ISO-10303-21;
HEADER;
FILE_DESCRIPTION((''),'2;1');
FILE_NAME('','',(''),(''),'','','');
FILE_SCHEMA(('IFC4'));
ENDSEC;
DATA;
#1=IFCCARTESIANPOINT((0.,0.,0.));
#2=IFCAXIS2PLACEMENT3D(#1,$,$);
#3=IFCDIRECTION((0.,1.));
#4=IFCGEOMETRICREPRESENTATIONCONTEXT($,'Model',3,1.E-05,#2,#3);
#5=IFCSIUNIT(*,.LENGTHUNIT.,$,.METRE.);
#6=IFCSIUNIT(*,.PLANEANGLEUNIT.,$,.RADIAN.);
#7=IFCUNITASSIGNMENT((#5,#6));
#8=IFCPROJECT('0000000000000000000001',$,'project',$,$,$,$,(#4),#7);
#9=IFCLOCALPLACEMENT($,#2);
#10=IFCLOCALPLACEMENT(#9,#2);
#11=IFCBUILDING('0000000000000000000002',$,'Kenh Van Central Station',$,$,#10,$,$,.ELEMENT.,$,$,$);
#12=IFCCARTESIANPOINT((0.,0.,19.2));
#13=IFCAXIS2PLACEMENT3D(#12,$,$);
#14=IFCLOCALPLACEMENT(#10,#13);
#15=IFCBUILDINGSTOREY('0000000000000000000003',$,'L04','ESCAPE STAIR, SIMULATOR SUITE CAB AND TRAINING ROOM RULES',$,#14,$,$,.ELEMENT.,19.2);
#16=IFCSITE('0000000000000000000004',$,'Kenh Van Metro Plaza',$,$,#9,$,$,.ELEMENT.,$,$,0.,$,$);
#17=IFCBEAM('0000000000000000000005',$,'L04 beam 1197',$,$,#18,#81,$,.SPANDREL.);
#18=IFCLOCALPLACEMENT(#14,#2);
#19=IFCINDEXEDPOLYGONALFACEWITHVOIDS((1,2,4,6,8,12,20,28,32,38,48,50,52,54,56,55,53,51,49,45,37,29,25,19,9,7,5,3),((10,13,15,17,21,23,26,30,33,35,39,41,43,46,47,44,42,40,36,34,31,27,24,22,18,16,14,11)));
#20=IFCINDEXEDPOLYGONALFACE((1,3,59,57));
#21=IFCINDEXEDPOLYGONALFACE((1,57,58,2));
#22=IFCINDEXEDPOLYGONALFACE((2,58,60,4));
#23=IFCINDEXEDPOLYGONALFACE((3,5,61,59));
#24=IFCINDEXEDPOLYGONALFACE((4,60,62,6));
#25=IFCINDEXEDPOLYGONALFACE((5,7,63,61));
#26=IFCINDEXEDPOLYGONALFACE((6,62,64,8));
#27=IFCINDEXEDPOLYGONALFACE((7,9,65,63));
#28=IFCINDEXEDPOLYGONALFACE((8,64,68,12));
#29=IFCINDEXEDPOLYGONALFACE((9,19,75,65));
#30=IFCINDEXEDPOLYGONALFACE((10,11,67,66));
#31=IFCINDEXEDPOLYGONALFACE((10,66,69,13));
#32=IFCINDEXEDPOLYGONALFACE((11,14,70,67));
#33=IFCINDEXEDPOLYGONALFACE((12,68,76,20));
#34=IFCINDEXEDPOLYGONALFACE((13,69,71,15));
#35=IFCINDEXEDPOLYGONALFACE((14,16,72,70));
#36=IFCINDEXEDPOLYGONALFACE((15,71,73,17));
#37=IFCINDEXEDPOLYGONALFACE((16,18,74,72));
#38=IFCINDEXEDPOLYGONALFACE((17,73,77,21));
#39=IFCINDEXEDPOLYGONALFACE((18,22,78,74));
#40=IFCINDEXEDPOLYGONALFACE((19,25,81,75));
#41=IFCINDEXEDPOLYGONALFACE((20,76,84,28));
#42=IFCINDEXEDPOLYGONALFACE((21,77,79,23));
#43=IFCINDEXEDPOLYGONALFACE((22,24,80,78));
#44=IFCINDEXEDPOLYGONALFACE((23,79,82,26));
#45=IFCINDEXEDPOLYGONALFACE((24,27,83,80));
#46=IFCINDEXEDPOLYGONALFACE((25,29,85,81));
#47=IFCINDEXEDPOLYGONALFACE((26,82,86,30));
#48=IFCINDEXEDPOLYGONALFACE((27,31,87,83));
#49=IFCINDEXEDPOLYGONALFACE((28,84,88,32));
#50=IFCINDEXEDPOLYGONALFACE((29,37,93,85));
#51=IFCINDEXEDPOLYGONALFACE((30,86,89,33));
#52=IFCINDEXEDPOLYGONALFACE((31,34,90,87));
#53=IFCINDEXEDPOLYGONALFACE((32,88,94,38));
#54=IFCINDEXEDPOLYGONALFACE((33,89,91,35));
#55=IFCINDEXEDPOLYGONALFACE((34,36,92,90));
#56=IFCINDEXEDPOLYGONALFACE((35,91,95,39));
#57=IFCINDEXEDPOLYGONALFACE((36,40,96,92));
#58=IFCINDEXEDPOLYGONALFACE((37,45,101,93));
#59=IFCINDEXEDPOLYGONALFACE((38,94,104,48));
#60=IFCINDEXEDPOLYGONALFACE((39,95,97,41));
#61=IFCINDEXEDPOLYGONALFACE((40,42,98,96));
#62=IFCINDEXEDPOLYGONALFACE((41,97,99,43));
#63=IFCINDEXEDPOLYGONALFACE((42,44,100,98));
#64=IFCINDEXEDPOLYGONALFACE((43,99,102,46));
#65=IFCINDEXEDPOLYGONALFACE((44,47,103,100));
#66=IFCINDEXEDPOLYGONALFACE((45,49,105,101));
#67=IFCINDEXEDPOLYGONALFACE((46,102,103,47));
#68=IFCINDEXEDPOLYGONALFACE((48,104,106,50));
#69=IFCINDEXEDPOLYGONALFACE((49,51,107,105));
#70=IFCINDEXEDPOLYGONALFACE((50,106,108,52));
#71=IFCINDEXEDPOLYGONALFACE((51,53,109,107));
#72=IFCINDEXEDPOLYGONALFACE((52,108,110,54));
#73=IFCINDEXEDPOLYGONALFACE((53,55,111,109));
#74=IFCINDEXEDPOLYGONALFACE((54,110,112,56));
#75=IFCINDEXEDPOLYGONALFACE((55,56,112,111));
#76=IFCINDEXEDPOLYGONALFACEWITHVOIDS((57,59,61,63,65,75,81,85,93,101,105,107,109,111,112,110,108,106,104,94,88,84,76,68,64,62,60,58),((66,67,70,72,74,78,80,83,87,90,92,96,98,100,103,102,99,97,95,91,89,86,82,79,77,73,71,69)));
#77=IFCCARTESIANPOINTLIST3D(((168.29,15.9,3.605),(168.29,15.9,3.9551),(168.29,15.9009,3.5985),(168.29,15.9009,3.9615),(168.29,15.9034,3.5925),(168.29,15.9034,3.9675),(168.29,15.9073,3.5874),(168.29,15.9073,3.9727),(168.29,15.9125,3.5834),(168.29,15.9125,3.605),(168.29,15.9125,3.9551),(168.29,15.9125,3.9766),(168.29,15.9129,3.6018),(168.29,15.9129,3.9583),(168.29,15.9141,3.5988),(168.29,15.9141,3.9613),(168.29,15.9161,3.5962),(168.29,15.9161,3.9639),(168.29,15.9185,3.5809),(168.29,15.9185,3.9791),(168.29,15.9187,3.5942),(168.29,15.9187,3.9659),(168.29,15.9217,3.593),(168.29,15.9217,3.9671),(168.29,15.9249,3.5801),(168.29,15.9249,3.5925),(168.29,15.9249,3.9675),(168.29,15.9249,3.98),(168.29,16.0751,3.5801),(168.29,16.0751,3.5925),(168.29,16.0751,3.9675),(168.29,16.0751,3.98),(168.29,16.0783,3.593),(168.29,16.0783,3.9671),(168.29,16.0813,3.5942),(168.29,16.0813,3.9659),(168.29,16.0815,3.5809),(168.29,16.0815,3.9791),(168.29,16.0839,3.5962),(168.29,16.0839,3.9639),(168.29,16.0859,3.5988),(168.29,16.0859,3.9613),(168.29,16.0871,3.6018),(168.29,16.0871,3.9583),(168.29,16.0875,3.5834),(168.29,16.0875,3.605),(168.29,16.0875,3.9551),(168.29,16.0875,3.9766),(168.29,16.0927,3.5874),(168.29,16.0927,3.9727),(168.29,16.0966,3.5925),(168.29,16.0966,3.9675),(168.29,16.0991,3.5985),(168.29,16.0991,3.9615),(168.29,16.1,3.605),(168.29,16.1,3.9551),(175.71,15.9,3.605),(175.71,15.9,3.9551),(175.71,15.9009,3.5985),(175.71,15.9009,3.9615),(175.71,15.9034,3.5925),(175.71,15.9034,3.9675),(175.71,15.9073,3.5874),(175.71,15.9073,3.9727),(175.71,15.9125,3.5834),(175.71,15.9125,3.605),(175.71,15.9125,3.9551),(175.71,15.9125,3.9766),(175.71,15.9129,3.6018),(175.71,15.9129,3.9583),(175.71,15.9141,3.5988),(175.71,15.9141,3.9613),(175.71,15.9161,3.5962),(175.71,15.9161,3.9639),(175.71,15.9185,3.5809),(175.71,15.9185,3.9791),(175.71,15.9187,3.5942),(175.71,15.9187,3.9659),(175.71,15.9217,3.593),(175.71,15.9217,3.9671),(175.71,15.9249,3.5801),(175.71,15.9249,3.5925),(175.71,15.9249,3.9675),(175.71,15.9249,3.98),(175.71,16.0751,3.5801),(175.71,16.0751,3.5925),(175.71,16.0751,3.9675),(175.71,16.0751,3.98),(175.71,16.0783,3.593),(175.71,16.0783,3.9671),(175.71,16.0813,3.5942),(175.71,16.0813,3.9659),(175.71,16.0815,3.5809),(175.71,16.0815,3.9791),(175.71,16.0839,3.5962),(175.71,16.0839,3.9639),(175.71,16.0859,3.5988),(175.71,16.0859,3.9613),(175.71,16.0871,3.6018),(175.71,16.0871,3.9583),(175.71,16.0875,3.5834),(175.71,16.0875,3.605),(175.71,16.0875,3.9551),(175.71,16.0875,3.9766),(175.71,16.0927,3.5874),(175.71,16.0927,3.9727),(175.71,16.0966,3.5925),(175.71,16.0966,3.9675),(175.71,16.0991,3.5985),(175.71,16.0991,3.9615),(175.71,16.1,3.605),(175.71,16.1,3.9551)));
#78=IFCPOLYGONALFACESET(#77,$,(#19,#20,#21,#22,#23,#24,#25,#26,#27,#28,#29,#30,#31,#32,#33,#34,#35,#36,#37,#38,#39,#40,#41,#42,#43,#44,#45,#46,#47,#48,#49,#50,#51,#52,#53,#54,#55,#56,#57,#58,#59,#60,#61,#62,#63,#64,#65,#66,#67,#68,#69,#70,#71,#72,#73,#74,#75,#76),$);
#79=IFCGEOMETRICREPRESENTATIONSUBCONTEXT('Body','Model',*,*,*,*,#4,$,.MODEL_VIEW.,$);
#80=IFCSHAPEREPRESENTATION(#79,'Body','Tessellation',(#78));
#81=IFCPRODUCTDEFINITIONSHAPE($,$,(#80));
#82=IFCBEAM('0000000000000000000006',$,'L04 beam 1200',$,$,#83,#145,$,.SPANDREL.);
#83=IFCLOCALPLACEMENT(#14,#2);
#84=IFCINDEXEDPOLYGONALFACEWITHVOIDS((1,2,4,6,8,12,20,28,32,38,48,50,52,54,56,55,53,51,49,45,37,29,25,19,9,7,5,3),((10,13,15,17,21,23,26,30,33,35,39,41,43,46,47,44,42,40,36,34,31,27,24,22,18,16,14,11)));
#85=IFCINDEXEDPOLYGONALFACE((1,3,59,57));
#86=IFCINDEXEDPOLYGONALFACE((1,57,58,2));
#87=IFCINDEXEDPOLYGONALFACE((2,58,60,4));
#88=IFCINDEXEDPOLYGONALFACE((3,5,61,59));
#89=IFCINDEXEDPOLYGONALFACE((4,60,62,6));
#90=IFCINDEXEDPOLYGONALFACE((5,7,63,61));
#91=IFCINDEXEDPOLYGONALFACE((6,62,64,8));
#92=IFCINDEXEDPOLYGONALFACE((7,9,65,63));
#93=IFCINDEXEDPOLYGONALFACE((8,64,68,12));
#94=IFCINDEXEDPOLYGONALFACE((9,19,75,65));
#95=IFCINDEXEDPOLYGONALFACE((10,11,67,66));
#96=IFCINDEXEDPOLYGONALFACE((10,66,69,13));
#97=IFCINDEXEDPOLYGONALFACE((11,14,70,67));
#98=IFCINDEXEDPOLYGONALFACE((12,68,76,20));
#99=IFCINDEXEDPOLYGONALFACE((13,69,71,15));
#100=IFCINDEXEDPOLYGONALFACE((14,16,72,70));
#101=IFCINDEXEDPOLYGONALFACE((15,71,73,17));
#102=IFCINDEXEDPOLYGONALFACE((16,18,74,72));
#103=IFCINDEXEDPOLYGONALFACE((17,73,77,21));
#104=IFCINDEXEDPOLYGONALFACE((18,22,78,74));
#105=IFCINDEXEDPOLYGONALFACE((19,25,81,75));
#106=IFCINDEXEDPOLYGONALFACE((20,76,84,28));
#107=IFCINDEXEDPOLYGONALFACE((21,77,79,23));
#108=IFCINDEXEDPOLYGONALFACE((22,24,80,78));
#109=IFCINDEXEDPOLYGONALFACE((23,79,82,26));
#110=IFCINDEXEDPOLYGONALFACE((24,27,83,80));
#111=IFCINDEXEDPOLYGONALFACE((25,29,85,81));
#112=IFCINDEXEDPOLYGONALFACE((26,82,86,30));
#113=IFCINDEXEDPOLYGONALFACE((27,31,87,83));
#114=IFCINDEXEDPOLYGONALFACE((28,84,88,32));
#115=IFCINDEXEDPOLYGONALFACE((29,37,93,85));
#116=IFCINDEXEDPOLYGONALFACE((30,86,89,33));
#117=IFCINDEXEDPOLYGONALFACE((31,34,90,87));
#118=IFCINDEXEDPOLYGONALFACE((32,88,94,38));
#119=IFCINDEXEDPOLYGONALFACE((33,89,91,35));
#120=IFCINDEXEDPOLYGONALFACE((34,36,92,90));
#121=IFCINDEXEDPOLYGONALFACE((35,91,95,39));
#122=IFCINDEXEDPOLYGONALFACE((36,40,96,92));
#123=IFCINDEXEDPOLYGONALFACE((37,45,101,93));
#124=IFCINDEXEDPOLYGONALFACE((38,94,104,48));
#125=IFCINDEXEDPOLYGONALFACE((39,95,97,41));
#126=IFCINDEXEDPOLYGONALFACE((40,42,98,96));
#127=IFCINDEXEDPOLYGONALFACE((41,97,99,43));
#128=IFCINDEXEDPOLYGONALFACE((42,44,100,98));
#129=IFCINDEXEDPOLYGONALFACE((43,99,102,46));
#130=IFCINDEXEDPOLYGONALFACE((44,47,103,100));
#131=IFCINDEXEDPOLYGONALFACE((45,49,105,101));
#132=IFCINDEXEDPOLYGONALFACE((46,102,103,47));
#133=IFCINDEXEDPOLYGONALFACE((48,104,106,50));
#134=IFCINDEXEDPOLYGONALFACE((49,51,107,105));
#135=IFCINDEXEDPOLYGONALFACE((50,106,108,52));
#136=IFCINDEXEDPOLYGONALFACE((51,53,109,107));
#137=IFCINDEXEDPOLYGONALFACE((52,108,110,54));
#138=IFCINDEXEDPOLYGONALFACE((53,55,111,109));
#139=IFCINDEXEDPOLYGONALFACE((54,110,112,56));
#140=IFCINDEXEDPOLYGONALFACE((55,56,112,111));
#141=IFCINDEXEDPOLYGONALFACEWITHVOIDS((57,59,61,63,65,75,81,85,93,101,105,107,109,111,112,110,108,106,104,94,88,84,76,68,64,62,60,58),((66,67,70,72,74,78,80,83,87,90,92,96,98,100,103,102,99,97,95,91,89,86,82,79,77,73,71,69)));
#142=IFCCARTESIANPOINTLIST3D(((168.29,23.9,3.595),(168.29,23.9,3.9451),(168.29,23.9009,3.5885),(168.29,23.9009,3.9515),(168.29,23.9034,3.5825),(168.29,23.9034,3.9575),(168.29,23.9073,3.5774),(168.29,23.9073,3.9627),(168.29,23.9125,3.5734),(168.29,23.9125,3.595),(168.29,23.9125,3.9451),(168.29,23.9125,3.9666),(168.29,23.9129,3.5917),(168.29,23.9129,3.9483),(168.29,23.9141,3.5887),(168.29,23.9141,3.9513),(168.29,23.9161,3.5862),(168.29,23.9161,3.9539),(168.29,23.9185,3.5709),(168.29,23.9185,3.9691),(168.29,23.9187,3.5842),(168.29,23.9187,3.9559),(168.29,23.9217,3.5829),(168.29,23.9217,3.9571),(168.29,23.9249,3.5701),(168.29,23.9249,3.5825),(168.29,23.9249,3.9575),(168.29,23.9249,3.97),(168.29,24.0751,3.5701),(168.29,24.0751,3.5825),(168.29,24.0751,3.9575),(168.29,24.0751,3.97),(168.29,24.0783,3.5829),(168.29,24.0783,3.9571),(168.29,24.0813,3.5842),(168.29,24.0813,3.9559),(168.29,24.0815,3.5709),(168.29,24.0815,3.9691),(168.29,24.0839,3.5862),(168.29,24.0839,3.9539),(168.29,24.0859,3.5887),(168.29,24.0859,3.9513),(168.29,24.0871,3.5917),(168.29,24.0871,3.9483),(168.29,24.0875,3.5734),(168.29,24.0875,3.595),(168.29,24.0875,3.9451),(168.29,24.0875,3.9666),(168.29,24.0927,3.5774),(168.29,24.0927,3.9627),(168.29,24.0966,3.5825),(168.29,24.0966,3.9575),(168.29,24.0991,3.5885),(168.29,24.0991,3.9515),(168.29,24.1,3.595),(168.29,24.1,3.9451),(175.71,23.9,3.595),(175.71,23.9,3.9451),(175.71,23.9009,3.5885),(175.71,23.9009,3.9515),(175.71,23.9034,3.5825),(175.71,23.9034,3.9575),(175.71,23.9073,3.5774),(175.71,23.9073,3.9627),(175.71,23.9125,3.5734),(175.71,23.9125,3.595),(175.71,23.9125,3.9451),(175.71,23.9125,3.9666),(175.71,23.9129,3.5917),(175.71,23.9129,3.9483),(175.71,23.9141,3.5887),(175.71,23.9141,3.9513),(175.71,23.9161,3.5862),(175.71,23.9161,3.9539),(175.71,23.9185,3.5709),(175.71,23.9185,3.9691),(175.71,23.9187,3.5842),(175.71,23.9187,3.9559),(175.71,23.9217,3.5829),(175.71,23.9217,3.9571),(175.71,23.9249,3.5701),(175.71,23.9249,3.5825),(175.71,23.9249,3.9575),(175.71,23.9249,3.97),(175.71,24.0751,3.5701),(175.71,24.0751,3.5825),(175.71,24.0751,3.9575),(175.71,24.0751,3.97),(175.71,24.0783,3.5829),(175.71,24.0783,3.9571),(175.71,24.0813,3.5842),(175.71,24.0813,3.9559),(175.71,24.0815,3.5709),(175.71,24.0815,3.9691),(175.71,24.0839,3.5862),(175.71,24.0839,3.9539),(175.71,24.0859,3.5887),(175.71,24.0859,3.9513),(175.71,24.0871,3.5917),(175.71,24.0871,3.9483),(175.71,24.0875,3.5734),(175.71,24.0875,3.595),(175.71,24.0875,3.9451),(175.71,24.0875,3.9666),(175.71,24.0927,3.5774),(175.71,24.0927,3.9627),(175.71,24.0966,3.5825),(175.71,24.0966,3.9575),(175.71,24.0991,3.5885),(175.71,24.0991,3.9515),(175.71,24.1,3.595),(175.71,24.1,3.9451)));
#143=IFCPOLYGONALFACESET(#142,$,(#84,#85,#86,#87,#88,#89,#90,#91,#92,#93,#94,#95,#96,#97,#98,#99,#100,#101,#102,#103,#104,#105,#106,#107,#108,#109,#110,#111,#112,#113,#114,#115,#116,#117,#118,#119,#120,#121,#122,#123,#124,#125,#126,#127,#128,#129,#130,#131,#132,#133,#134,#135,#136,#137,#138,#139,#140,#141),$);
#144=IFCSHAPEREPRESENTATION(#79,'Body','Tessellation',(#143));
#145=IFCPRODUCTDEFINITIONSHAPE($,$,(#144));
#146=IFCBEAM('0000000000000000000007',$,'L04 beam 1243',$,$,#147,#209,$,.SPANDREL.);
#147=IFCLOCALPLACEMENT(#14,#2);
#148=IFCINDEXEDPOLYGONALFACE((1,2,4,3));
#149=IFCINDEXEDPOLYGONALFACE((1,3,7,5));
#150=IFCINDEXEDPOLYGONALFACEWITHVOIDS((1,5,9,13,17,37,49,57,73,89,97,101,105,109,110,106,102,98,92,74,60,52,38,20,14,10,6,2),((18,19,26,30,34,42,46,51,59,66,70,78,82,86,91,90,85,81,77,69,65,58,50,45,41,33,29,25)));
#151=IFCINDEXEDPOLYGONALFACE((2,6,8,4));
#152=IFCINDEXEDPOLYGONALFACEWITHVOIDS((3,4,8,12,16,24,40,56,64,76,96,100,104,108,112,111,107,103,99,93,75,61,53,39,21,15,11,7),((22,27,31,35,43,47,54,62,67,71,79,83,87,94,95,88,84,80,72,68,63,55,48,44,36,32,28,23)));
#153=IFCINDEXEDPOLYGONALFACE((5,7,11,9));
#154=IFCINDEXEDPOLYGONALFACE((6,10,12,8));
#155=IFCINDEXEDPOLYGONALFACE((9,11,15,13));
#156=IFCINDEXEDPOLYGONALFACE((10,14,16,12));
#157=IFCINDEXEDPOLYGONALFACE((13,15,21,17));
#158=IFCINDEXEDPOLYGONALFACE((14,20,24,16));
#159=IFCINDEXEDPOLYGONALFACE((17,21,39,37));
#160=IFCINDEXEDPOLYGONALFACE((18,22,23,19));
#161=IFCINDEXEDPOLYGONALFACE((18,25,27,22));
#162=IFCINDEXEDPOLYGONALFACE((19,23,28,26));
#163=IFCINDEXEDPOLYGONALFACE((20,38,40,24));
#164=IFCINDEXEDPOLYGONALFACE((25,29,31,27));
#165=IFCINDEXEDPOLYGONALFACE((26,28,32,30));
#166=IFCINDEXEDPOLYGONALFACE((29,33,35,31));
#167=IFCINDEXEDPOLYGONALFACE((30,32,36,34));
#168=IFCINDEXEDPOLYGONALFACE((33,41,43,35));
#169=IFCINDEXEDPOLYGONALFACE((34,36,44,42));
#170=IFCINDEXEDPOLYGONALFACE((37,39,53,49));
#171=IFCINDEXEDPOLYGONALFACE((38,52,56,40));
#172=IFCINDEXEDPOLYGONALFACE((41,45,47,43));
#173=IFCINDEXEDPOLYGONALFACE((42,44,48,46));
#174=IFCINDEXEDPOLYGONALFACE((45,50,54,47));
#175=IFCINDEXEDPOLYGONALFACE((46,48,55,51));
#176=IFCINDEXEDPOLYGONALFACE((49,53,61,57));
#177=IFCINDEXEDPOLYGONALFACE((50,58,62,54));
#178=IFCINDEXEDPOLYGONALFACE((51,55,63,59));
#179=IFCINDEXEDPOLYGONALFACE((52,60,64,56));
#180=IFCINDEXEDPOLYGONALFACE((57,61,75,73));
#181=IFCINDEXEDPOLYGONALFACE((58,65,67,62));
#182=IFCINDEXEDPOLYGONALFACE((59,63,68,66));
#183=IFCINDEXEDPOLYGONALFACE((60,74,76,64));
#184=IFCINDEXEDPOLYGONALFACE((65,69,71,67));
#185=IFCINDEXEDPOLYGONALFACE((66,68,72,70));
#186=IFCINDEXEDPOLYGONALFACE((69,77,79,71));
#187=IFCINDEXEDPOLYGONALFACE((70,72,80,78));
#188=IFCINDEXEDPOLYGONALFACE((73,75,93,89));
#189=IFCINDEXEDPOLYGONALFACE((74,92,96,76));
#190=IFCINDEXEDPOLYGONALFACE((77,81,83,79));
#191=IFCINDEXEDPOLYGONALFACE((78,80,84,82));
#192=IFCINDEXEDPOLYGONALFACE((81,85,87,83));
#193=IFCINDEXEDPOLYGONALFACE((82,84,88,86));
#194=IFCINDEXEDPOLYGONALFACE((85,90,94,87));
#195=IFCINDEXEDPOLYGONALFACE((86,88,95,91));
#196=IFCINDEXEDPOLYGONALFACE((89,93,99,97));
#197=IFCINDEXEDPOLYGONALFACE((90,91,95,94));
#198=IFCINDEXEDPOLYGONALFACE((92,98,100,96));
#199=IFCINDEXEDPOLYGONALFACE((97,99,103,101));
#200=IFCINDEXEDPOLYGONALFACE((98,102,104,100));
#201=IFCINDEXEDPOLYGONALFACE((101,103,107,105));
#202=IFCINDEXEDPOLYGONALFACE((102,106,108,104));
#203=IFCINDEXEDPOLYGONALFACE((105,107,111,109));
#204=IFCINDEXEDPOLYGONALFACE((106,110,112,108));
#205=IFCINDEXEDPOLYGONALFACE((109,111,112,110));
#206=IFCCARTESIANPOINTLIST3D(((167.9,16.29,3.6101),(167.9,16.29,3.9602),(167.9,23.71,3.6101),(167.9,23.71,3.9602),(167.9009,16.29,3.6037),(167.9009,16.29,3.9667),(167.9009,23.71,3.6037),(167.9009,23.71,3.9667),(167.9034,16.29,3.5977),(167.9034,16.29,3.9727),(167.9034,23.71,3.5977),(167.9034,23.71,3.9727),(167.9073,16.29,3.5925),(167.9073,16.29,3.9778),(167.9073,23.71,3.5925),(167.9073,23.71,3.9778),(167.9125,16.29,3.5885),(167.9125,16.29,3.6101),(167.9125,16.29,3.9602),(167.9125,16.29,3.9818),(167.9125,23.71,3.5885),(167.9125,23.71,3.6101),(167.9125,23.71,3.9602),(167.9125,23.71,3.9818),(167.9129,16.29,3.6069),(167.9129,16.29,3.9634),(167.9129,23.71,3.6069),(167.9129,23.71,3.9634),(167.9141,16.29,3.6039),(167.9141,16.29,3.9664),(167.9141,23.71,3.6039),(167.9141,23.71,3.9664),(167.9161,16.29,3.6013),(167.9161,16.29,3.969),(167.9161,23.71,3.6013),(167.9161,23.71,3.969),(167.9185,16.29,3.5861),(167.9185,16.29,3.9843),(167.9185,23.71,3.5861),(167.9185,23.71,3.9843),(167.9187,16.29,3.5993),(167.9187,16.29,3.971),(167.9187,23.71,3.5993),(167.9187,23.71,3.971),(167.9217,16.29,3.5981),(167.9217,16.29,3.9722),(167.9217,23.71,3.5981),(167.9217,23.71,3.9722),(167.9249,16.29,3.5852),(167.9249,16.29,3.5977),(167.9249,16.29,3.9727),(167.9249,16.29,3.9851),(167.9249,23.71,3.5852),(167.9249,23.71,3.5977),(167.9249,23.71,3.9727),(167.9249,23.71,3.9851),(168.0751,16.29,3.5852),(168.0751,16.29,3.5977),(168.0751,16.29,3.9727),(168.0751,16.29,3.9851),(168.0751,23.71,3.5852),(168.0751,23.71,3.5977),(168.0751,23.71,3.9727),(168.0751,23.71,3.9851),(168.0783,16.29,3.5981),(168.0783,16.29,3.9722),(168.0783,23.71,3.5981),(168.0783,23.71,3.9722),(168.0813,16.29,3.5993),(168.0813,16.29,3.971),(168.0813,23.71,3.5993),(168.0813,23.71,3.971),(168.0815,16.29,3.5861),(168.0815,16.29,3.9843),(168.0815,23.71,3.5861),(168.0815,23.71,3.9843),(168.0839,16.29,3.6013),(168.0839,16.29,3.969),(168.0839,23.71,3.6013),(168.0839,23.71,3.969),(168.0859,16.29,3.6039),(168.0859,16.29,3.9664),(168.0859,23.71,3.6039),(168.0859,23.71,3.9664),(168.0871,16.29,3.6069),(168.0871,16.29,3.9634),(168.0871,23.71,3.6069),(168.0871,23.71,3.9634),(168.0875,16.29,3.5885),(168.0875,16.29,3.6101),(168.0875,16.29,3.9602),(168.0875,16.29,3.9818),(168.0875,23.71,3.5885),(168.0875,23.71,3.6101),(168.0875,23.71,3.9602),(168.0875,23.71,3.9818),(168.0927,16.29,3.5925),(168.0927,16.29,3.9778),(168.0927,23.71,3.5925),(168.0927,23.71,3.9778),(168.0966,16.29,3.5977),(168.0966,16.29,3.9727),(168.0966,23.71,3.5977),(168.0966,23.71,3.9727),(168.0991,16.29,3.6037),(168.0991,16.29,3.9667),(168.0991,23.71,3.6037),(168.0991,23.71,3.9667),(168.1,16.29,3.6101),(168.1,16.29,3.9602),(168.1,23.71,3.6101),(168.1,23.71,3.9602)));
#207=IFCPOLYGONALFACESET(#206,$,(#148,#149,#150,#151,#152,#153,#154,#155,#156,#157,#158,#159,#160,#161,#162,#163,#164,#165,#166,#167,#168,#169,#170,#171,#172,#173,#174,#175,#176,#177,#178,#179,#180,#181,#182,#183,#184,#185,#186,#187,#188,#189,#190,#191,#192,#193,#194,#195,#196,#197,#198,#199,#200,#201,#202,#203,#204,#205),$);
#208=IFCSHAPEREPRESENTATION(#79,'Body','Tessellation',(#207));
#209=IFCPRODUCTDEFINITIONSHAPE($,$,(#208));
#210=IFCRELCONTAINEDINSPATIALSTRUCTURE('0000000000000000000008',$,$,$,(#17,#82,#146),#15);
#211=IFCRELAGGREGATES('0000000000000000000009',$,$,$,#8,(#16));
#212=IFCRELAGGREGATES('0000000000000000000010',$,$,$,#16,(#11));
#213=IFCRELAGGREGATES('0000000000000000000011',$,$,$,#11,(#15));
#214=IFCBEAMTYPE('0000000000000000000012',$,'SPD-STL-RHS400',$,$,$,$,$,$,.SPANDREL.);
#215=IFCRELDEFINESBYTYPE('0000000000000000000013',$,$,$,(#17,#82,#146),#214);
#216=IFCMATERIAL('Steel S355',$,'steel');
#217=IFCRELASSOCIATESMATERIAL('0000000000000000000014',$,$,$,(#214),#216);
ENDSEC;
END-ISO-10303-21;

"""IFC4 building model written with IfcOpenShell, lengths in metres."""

from ifc_helpers import new_model, si_unit, direction, frame, origin, origin_2d, place, context, subcontext, project, spatial, hollow_rectangle, extrude, material, material_profile, profile_set, type_object, element, save


model = new_model("IFC4")

# Units and contexts
model_context = context("Model", 3, precision=1e-05, world=origin(), true_north=direction((0.0, 1.0)))
body_context = subcontext(model_context, "Body", "Model", "MODEL_VIEW")
ifc_project = project(units=[si_unit("LENGTHUNIT", "METRE"), si_unit("PLANEANGLEUNIT", "RADIAN")], contexts=[model_context])

# Site, building, storey
site_placement = place(None, origin())
site = spatial("IfcSite", under=ifc_project, at=site_placement, Name="Kenh Van Metro Plaza", CompositionType="ELEMENT", RefElevation=0.0)
building_placement = place(site_placement, origin())
building = spatial("IfcBuilding", under=site, at=building_placement, Name="Kenh Van Central Station", CompositionType="ELEMENT")
storey_placement = place(building_placement, frame((0.0, 0.0, 19.2)))
storey = spatial("IfcBuildingStorey", under=building, at=storey_placement, Name="L04", Description="ESCAPE STAIR, SIMULATOR SUITE CAB AND TRAINING ROOM RULES", CompositionType="ELEMENT", Elevation=19.2)

# Beams
ifc_material_1 = material(Name="Steel S355", Category="steel")
ifc_material_profile_1 = material_profile(ifc_material_1, hollow_rectangle(XDim=0.2, YDim=0.3999, WallThickness=0.0125, InnerFilletRadius=0.0125, OuterFilletRadius=0.0249, at=origin_2d()), Name="RHS 400x200x12.5")
ifc_profile_set_1 = profile_set([ifc_material_profile_1], Name="Steel S355")
beam_type_1 = type_object("IfcBeamType", Name="SPD-STL-RHS400", PredefinedType="SPANDREL", material=ifc_profile_set_1)
for number, where, z_axis, x_axis, name in (
    (1, (168.29, 16.0, 3.78), (1.0, 0.0, 0.0), (0.0, 1.0, 0.0), "L04 beam 1197"),
    (2, (168.29, 24.0, 3.77), (1.0, 0.0, 0.0), (0.0, 1.0, 0.0), "L04 beam 1200"),
    (3, (168.0, 16.29, 3.7852), (0.0, 1.0, 0.0), (-1.0, 0.0, 0.0), "L04 beam 1243"),
):
    element("IfcBeam", number, at=place(storey_placement, frame(where, z_axis=z_axis, x_axis=x_axis)), inside=storey, type_object=beam_type_1, Name=name, PredefinedType="SPANDREL", context=body_context, shape_type="SweptSolid", body=[
        extrude(hollow_rectangle(XDim=0.2, YDim=0.3999, WallThickness=0.0125, InnerFilletRadius=0.0125, OuterFilletRadius=0.0249, at=origin_2d()), origin(), (0.0, 0.0, 1.0), 7.4199),
    ])

save(model, "model.ifc")
